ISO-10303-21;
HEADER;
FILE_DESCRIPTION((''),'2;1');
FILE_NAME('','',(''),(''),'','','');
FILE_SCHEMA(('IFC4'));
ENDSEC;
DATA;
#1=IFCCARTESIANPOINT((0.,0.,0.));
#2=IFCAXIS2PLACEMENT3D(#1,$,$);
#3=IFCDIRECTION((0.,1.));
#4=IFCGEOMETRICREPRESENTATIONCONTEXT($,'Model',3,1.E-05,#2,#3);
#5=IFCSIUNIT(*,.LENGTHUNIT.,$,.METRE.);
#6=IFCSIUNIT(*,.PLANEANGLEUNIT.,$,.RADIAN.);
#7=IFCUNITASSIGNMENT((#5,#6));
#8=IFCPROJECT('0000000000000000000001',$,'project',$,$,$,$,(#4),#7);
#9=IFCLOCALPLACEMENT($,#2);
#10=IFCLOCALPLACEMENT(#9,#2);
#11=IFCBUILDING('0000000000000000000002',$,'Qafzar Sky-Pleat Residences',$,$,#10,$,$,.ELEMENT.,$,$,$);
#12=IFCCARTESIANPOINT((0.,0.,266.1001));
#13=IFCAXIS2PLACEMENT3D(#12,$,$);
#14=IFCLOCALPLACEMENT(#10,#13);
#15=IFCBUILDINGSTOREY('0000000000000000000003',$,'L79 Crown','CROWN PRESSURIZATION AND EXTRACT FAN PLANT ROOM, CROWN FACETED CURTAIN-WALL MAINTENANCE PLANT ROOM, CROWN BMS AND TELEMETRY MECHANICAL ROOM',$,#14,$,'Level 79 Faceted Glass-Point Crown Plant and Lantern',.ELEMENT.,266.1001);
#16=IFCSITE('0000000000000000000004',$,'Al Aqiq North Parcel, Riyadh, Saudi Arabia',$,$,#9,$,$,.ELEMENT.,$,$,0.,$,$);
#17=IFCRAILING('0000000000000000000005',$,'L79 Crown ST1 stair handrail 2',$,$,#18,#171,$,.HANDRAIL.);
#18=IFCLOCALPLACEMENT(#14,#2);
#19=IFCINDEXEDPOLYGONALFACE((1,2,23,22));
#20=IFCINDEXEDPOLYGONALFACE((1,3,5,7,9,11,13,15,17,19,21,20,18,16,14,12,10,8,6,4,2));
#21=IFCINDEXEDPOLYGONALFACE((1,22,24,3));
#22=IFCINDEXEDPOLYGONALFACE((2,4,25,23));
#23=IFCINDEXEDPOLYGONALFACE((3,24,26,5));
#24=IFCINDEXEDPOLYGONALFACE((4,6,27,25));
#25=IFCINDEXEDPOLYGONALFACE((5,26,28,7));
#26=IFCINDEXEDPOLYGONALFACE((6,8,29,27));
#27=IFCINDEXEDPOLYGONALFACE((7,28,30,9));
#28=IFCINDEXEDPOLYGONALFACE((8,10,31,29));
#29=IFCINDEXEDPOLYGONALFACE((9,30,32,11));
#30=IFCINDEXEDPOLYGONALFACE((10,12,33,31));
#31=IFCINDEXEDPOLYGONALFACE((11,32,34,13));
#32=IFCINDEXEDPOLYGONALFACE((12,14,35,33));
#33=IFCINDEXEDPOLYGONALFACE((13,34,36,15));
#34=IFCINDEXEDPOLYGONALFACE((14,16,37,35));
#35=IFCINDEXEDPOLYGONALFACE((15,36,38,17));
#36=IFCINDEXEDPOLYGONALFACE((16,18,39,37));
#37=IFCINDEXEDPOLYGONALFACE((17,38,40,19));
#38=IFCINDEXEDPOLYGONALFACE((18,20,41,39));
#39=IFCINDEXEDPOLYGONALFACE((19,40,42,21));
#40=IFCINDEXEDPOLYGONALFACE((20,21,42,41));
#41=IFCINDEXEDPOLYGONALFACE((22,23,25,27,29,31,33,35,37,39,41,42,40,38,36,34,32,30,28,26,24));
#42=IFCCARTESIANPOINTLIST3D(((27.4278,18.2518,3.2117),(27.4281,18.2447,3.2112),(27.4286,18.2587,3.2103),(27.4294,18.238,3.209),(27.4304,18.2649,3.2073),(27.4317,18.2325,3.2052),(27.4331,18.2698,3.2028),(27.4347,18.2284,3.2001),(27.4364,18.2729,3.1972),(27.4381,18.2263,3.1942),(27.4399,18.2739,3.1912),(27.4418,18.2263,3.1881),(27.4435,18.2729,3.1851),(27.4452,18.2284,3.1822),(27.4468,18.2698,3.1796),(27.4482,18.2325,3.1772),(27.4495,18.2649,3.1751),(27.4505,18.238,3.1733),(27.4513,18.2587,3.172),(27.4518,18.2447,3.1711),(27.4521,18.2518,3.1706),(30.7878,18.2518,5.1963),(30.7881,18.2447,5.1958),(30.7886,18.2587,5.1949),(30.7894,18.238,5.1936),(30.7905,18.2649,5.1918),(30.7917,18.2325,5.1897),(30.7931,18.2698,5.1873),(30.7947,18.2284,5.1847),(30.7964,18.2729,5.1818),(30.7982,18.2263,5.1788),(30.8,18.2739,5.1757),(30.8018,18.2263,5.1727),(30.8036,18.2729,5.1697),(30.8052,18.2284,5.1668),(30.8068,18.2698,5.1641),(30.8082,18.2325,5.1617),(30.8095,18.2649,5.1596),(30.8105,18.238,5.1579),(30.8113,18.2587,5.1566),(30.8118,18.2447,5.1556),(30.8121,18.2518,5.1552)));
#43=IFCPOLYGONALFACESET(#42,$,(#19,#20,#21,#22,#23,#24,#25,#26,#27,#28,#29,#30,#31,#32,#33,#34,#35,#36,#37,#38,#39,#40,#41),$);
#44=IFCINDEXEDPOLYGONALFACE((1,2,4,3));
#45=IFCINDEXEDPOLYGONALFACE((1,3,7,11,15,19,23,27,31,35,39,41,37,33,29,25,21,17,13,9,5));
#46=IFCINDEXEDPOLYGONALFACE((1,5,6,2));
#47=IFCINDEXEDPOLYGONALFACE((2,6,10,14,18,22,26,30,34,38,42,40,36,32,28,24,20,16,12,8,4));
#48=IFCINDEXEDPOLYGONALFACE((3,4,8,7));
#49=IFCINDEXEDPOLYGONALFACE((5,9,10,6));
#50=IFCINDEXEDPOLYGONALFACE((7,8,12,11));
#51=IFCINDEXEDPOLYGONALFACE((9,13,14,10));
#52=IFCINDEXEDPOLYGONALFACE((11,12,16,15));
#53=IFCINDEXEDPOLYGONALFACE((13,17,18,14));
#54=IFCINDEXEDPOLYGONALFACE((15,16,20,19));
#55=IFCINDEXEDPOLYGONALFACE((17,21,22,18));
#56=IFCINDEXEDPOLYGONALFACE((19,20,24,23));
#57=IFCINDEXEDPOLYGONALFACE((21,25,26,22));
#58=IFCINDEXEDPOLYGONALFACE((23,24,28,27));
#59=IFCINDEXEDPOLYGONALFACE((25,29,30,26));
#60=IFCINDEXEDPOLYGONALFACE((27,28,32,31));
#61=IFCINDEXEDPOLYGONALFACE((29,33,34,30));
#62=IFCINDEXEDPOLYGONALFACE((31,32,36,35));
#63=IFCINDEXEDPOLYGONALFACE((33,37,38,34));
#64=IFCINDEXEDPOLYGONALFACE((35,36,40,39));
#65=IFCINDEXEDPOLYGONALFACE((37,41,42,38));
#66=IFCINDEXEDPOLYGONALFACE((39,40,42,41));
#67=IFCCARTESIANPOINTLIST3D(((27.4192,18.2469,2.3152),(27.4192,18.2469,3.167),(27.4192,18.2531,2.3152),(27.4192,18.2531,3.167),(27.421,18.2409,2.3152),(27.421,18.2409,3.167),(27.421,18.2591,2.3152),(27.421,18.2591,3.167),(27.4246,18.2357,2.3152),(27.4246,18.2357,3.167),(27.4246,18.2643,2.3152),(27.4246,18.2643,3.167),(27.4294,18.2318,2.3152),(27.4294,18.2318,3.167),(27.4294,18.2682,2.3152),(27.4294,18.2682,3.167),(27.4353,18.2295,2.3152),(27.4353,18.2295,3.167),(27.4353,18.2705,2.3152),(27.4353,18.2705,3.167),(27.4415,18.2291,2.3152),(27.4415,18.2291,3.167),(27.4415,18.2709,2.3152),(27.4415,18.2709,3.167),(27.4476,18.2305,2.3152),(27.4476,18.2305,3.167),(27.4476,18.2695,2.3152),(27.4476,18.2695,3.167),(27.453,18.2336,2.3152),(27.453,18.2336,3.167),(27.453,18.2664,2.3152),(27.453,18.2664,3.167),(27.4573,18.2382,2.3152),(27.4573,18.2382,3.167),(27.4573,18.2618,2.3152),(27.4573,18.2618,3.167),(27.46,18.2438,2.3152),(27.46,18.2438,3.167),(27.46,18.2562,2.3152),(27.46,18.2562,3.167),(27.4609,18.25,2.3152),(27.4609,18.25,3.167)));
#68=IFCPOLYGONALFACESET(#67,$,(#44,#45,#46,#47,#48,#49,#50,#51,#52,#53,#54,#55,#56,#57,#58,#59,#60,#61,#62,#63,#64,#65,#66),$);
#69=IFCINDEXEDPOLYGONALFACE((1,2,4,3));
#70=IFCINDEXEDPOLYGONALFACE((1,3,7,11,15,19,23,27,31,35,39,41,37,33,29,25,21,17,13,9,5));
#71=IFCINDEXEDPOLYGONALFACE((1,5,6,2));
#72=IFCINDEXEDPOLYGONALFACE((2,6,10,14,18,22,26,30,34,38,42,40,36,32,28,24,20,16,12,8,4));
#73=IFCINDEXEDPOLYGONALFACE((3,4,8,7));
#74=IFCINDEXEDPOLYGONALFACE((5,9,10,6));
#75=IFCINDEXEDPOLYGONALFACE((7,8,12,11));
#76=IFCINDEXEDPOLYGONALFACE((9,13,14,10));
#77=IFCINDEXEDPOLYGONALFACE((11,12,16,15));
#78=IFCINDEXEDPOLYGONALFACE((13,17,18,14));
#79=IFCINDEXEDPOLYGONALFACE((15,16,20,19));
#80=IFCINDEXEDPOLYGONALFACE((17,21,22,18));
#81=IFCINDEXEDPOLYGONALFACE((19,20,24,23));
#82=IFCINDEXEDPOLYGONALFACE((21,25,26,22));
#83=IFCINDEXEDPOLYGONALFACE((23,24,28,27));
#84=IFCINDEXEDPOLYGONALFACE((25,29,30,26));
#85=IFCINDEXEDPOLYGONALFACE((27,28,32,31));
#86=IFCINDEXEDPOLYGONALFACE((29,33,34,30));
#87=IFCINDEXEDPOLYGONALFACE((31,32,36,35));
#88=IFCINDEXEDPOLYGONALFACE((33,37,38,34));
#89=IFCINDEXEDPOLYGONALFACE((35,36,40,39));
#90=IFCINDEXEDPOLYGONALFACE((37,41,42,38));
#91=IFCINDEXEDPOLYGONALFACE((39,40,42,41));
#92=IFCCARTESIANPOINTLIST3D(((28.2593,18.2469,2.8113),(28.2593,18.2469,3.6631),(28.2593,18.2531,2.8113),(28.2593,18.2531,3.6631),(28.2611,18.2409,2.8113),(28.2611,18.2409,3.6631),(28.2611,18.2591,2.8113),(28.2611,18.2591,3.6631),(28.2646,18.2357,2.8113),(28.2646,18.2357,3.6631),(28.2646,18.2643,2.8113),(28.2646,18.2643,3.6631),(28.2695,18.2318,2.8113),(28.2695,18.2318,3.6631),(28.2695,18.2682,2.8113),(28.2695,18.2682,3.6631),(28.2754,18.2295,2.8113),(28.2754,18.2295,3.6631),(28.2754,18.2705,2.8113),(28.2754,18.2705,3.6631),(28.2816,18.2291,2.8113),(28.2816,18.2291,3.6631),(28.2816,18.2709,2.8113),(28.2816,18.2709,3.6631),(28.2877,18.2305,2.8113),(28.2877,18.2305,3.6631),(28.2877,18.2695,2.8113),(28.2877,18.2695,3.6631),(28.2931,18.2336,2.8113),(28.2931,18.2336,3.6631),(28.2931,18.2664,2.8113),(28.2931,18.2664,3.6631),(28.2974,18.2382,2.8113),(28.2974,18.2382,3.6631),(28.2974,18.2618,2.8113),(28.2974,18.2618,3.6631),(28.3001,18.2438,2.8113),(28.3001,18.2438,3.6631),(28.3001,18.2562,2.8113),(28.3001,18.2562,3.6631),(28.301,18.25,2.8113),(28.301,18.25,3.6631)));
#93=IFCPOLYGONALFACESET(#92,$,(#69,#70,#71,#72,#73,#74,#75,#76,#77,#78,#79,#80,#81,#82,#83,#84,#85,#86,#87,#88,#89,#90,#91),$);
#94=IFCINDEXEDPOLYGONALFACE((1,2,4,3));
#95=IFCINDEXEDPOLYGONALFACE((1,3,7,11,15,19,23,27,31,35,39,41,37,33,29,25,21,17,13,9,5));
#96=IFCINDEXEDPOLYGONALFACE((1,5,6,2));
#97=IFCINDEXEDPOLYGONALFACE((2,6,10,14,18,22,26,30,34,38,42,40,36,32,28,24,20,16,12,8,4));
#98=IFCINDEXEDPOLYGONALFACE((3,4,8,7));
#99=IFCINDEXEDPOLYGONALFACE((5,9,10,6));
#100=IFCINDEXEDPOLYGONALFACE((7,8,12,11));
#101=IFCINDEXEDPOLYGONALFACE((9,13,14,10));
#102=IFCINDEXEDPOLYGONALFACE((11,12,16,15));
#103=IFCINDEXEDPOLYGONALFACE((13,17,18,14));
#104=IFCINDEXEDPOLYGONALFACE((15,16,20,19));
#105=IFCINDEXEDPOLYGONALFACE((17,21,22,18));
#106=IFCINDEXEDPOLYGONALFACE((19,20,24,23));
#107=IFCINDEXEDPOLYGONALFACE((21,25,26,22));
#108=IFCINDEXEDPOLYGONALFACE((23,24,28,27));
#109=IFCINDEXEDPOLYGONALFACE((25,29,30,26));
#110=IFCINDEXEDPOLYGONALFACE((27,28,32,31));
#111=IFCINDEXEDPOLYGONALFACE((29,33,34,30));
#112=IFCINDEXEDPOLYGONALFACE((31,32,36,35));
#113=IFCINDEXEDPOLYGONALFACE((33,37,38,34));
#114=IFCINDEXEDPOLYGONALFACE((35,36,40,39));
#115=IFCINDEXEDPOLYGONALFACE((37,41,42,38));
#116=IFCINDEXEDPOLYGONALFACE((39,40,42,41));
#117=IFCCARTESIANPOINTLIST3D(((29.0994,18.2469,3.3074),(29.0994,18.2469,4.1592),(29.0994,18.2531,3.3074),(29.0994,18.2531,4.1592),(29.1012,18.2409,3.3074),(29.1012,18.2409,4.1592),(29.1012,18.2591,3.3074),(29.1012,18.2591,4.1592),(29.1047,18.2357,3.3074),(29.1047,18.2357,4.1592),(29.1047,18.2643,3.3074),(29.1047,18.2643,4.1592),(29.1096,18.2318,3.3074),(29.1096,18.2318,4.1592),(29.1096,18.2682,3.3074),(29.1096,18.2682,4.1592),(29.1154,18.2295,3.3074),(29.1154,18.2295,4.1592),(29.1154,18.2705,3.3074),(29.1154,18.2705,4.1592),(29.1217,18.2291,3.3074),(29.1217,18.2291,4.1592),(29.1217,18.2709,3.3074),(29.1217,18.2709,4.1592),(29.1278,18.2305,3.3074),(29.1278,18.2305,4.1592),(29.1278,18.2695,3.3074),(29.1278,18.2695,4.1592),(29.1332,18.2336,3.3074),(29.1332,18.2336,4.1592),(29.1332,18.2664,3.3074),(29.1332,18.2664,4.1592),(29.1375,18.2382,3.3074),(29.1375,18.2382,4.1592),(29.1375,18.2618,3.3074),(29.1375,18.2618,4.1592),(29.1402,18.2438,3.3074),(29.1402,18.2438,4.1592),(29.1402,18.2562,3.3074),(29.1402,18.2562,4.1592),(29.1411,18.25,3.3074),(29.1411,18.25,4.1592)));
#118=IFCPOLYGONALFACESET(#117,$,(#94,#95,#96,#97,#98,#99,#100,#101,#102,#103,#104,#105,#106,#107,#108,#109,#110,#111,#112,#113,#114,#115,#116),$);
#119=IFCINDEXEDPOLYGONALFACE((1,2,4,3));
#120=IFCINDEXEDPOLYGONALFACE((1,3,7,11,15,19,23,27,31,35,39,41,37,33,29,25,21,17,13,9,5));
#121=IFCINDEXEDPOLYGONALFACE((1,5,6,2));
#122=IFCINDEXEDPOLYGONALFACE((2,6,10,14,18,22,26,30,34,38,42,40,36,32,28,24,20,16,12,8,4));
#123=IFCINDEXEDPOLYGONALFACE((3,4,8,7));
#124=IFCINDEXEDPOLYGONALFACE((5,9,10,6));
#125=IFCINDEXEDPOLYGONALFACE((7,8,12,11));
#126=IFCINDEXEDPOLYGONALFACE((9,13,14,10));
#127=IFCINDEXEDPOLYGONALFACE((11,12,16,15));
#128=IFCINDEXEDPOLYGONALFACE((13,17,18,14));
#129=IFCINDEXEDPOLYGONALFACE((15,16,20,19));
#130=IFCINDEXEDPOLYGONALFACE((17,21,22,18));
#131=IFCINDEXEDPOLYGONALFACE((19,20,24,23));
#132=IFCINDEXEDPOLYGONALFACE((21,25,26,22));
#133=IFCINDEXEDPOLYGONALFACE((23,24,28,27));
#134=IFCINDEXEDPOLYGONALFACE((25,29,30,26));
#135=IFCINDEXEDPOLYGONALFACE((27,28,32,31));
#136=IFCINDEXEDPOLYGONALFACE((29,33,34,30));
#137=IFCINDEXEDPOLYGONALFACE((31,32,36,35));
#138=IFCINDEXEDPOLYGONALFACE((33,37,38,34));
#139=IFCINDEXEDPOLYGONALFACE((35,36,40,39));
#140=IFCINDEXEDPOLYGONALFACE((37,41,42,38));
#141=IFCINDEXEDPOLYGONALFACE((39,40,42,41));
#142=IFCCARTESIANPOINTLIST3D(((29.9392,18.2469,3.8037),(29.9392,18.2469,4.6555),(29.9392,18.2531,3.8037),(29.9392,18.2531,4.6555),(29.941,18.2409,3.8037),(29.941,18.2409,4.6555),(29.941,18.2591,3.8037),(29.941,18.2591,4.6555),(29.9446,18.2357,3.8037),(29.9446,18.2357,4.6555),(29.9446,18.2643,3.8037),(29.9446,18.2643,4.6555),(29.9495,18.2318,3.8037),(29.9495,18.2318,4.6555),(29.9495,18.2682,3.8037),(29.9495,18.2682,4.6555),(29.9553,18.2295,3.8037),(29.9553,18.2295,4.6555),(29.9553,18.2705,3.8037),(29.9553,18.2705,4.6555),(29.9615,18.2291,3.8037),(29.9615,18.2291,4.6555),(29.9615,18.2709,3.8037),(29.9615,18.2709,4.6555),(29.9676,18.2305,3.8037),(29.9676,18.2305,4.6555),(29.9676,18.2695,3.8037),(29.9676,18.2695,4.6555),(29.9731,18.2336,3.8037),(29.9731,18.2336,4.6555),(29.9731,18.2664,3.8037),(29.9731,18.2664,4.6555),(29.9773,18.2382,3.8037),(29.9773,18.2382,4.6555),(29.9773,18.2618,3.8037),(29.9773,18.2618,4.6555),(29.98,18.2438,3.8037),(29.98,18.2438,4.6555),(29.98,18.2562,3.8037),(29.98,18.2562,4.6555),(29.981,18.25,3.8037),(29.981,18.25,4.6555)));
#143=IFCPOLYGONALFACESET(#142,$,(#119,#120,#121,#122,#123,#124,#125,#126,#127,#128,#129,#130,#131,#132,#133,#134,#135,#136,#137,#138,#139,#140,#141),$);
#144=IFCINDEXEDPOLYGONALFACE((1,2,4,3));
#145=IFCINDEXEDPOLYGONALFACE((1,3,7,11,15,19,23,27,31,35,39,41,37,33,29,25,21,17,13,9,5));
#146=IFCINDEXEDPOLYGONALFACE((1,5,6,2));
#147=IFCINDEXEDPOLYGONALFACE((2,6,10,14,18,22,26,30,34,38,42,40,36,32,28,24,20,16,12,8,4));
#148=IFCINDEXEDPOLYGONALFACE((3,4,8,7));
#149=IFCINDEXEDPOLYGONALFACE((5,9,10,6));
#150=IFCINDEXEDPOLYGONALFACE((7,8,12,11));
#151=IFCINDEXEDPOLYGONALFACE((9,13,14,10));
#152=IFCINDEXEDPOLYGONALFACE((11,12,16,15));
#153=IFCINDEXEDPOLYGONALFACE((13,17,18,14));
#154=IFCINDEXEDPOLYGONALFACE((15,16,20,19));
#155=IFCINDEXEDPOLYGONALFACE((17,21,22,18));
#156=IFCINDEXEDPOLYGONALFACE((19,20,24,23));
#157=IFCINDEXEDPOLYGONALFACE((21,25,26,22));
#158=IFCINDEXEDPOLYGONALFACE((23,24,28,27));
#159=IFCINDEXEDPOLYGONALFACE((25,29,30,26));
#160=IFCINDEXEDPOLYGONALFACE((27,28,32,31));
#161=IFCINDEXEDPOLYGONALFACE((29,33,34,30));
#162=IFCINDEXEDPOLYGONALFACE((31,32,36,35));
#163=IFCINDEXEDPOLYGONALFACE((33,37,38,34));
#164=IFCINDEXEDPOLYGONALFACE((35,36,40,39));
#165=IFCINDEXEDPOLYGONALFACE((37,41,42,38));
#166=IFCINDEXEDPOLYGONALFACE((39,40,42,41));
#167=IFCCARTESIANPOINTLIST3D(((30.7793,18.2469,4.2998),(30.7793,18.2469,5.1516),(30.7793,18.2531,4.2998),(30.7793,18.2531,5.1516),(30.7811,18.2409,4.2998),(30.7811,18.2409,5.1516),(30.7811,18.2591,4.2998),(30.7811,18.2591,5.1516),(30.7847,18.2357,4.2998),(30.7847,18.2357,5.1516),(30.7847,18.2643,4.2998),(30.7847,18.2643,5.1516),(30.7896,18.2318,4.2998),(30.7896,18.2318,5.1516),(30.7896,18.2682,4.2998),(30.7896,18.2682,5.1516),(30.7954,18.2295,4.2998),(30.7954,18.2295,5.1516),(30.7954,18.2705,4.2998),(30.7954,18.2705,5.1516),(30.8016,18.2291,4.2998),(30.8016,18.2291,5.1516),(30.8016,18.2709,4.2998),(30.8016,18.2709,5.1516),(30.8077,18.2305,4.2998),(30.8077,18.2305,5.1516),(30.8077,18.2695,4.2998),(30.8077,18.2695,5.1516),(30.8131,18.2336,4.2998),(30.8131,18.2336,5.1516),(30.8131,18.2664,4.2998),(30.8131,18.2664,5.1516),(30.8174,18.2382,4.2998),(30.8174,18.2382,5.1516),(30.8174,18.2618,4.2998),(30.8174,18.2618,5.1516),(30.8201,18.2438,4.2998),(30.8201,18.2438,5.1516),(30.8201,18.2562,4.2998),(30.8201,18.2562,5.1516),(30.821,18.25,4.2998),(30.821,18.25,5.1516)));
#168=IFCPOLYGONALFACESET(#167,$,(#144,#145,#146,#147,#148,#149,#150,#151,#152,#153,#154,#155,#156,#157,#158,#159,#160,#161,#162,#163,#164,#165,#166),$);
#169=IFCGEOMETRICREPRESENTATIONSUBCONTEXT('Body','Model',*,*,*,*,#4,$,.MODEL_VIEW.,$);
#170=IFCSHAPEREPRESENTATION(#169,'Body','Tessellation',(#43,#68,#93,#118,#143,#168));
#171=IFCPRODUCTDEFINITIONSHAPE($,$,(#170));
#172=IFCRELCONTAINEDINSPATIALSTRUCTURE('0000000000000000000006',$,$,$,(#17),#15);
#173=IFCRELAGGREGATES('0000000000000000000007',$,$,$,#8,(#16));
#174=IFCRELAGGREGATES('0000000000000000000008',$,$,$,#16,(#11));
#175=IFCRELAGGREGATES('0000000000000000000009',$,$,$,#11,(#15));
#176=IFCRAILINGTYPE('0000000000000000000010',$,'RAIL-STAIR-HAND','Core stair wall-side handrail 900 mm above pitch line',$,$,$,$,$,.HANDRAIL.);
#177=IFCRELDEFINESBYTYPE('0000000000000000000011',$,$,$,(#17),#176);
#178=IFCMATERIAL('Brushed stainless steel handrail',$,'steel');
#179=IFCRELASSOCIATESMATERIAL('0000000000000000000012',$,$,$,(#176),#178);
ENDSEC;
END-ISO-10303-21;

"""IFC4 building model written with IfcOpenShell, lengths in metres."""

from ifc_helpers import new_model, si_unit, direction, frame, origin, origin_2d, place, context, subcontext, project, spatial, circle, extrude, source, transform, mapped, material, type_object, element, save


model = new_model("IFC4")

# Units and contexts
model_context = context("Model", 3, precision=1e-05, world=origin(), true_north=direction((0.0, 1.0)))
body_context = subcontext(model_context, "Body", "Model", "MODEL_VIEW")
ifc_project = project(units=[si_unit("LENGTHUNIT", "METRE"), si_unit("PLANEANGLEUNIT", "RADIAN")], contexts=[model_context])

# Site, building, storey
site_placement = place(None, origin())
site = spatial("IfcSite", under=ifc_project, at=site_placement, Name="Al Aqiq North Parcel, Riyadh, Saudi Arabia", CompositionType="ELEMENT", RefElevation=0.0)
building_placement = place(site_placement, origin())
building = spatial("IfcBuilding", under=site, at=building_placement, Name="Qafzar Sky-Pleat Residences", CompositionType="ELEMENT")
storey_placement = place(building_placement, frame((0.0, 0.0, 266.1001)))
storey = spatial("IfcBuildingStorey", under=building, at=storey_placement, Name="L79 Crown", Description="CROWN PRESSURIZATION AND EXTRACT FAN PLANT ROOM, CROWN FACETED CURTAIN-WALL MAINTENANCE PLANT ROOM, CROWN BMS AND TELEMETRY MECHANICAL ROOM", LongName="Level 79 Faceted Glass-Point Crown Plant and Lantern", CompositionType="ELEMENT", Elevation=266.1001)

# Railing
ifc_material_1 = material(Name="Brushed stainless steel handrail", Category="steel")
railing_type_1 = type_object("IfcRailingType", Name="RAIL-STAIR-HAND", Description="Core stair wall-side handrail 900 mm above pitch line", PredefinedType="HANDRAIL", material=ifc_material_1)
shared_shape_1 = source(origin(), body_context, "Body", "SweptSolid", [
    extrude(circle(Radius=0.0239, at=origin_2d()), frame((0.0, 0.0, 0.876), z_axis=(0.861027, 0.0, 0.508559), x_axis=(0.0, 1.0, 0.0)), (0.0, 0.0, 1.0), 3.9023),
    extrude(circle(Radius=0.021, at=origin_2d()), origin(), (0.0, 0.0, 1.0), 0.8518),
    extrude(circle(Radius=0.021, at=origin_2d()), frame((0.8401, 0.0, 0.4961)), (0.0, 0.0, 1.0), 0.8518),
    extrude(circle(Radius=0.021, at=origin_2d()), frame((1.6802, 0.0, 0.9922)), (0.0, 0.0, 1.0), 0.8518),
    extrude(circle(Radius=0.021, at=origin_2d()), frame((2.52, 0.0, 1.4885)), (0.0, 0.0, 1.0), 0.8518),
    extrude(circle(Radius=0.021, at=origin_2d()), frame((3.3601, 0.0, 1.9846)), (0.0, 0.0, 1.0), 0.8518),
])
railing_1_placement = place(storey_placement, frame((27.4399, 18.25, 2.3152)))
element("IfcRailing", 1, at=railing_1_placement, inside=storey, type_object=railing_type_1, Name="L79 Crown ST1 stair handrail 2", PredefinedType="HANDRAIL", context=body_context, shape_type="MappedRepresentation", body=[
    mapped(shared_shape_1, transform((0.0, 0.0, 0.0), x_axis=(1.0, 0.0, 0.0), y_axis=(0.0, 1.0, 0.0), z_axis=(0.0, 0.0, 1.0), scale=1.0)),
])

save(model, "model.ifc")
